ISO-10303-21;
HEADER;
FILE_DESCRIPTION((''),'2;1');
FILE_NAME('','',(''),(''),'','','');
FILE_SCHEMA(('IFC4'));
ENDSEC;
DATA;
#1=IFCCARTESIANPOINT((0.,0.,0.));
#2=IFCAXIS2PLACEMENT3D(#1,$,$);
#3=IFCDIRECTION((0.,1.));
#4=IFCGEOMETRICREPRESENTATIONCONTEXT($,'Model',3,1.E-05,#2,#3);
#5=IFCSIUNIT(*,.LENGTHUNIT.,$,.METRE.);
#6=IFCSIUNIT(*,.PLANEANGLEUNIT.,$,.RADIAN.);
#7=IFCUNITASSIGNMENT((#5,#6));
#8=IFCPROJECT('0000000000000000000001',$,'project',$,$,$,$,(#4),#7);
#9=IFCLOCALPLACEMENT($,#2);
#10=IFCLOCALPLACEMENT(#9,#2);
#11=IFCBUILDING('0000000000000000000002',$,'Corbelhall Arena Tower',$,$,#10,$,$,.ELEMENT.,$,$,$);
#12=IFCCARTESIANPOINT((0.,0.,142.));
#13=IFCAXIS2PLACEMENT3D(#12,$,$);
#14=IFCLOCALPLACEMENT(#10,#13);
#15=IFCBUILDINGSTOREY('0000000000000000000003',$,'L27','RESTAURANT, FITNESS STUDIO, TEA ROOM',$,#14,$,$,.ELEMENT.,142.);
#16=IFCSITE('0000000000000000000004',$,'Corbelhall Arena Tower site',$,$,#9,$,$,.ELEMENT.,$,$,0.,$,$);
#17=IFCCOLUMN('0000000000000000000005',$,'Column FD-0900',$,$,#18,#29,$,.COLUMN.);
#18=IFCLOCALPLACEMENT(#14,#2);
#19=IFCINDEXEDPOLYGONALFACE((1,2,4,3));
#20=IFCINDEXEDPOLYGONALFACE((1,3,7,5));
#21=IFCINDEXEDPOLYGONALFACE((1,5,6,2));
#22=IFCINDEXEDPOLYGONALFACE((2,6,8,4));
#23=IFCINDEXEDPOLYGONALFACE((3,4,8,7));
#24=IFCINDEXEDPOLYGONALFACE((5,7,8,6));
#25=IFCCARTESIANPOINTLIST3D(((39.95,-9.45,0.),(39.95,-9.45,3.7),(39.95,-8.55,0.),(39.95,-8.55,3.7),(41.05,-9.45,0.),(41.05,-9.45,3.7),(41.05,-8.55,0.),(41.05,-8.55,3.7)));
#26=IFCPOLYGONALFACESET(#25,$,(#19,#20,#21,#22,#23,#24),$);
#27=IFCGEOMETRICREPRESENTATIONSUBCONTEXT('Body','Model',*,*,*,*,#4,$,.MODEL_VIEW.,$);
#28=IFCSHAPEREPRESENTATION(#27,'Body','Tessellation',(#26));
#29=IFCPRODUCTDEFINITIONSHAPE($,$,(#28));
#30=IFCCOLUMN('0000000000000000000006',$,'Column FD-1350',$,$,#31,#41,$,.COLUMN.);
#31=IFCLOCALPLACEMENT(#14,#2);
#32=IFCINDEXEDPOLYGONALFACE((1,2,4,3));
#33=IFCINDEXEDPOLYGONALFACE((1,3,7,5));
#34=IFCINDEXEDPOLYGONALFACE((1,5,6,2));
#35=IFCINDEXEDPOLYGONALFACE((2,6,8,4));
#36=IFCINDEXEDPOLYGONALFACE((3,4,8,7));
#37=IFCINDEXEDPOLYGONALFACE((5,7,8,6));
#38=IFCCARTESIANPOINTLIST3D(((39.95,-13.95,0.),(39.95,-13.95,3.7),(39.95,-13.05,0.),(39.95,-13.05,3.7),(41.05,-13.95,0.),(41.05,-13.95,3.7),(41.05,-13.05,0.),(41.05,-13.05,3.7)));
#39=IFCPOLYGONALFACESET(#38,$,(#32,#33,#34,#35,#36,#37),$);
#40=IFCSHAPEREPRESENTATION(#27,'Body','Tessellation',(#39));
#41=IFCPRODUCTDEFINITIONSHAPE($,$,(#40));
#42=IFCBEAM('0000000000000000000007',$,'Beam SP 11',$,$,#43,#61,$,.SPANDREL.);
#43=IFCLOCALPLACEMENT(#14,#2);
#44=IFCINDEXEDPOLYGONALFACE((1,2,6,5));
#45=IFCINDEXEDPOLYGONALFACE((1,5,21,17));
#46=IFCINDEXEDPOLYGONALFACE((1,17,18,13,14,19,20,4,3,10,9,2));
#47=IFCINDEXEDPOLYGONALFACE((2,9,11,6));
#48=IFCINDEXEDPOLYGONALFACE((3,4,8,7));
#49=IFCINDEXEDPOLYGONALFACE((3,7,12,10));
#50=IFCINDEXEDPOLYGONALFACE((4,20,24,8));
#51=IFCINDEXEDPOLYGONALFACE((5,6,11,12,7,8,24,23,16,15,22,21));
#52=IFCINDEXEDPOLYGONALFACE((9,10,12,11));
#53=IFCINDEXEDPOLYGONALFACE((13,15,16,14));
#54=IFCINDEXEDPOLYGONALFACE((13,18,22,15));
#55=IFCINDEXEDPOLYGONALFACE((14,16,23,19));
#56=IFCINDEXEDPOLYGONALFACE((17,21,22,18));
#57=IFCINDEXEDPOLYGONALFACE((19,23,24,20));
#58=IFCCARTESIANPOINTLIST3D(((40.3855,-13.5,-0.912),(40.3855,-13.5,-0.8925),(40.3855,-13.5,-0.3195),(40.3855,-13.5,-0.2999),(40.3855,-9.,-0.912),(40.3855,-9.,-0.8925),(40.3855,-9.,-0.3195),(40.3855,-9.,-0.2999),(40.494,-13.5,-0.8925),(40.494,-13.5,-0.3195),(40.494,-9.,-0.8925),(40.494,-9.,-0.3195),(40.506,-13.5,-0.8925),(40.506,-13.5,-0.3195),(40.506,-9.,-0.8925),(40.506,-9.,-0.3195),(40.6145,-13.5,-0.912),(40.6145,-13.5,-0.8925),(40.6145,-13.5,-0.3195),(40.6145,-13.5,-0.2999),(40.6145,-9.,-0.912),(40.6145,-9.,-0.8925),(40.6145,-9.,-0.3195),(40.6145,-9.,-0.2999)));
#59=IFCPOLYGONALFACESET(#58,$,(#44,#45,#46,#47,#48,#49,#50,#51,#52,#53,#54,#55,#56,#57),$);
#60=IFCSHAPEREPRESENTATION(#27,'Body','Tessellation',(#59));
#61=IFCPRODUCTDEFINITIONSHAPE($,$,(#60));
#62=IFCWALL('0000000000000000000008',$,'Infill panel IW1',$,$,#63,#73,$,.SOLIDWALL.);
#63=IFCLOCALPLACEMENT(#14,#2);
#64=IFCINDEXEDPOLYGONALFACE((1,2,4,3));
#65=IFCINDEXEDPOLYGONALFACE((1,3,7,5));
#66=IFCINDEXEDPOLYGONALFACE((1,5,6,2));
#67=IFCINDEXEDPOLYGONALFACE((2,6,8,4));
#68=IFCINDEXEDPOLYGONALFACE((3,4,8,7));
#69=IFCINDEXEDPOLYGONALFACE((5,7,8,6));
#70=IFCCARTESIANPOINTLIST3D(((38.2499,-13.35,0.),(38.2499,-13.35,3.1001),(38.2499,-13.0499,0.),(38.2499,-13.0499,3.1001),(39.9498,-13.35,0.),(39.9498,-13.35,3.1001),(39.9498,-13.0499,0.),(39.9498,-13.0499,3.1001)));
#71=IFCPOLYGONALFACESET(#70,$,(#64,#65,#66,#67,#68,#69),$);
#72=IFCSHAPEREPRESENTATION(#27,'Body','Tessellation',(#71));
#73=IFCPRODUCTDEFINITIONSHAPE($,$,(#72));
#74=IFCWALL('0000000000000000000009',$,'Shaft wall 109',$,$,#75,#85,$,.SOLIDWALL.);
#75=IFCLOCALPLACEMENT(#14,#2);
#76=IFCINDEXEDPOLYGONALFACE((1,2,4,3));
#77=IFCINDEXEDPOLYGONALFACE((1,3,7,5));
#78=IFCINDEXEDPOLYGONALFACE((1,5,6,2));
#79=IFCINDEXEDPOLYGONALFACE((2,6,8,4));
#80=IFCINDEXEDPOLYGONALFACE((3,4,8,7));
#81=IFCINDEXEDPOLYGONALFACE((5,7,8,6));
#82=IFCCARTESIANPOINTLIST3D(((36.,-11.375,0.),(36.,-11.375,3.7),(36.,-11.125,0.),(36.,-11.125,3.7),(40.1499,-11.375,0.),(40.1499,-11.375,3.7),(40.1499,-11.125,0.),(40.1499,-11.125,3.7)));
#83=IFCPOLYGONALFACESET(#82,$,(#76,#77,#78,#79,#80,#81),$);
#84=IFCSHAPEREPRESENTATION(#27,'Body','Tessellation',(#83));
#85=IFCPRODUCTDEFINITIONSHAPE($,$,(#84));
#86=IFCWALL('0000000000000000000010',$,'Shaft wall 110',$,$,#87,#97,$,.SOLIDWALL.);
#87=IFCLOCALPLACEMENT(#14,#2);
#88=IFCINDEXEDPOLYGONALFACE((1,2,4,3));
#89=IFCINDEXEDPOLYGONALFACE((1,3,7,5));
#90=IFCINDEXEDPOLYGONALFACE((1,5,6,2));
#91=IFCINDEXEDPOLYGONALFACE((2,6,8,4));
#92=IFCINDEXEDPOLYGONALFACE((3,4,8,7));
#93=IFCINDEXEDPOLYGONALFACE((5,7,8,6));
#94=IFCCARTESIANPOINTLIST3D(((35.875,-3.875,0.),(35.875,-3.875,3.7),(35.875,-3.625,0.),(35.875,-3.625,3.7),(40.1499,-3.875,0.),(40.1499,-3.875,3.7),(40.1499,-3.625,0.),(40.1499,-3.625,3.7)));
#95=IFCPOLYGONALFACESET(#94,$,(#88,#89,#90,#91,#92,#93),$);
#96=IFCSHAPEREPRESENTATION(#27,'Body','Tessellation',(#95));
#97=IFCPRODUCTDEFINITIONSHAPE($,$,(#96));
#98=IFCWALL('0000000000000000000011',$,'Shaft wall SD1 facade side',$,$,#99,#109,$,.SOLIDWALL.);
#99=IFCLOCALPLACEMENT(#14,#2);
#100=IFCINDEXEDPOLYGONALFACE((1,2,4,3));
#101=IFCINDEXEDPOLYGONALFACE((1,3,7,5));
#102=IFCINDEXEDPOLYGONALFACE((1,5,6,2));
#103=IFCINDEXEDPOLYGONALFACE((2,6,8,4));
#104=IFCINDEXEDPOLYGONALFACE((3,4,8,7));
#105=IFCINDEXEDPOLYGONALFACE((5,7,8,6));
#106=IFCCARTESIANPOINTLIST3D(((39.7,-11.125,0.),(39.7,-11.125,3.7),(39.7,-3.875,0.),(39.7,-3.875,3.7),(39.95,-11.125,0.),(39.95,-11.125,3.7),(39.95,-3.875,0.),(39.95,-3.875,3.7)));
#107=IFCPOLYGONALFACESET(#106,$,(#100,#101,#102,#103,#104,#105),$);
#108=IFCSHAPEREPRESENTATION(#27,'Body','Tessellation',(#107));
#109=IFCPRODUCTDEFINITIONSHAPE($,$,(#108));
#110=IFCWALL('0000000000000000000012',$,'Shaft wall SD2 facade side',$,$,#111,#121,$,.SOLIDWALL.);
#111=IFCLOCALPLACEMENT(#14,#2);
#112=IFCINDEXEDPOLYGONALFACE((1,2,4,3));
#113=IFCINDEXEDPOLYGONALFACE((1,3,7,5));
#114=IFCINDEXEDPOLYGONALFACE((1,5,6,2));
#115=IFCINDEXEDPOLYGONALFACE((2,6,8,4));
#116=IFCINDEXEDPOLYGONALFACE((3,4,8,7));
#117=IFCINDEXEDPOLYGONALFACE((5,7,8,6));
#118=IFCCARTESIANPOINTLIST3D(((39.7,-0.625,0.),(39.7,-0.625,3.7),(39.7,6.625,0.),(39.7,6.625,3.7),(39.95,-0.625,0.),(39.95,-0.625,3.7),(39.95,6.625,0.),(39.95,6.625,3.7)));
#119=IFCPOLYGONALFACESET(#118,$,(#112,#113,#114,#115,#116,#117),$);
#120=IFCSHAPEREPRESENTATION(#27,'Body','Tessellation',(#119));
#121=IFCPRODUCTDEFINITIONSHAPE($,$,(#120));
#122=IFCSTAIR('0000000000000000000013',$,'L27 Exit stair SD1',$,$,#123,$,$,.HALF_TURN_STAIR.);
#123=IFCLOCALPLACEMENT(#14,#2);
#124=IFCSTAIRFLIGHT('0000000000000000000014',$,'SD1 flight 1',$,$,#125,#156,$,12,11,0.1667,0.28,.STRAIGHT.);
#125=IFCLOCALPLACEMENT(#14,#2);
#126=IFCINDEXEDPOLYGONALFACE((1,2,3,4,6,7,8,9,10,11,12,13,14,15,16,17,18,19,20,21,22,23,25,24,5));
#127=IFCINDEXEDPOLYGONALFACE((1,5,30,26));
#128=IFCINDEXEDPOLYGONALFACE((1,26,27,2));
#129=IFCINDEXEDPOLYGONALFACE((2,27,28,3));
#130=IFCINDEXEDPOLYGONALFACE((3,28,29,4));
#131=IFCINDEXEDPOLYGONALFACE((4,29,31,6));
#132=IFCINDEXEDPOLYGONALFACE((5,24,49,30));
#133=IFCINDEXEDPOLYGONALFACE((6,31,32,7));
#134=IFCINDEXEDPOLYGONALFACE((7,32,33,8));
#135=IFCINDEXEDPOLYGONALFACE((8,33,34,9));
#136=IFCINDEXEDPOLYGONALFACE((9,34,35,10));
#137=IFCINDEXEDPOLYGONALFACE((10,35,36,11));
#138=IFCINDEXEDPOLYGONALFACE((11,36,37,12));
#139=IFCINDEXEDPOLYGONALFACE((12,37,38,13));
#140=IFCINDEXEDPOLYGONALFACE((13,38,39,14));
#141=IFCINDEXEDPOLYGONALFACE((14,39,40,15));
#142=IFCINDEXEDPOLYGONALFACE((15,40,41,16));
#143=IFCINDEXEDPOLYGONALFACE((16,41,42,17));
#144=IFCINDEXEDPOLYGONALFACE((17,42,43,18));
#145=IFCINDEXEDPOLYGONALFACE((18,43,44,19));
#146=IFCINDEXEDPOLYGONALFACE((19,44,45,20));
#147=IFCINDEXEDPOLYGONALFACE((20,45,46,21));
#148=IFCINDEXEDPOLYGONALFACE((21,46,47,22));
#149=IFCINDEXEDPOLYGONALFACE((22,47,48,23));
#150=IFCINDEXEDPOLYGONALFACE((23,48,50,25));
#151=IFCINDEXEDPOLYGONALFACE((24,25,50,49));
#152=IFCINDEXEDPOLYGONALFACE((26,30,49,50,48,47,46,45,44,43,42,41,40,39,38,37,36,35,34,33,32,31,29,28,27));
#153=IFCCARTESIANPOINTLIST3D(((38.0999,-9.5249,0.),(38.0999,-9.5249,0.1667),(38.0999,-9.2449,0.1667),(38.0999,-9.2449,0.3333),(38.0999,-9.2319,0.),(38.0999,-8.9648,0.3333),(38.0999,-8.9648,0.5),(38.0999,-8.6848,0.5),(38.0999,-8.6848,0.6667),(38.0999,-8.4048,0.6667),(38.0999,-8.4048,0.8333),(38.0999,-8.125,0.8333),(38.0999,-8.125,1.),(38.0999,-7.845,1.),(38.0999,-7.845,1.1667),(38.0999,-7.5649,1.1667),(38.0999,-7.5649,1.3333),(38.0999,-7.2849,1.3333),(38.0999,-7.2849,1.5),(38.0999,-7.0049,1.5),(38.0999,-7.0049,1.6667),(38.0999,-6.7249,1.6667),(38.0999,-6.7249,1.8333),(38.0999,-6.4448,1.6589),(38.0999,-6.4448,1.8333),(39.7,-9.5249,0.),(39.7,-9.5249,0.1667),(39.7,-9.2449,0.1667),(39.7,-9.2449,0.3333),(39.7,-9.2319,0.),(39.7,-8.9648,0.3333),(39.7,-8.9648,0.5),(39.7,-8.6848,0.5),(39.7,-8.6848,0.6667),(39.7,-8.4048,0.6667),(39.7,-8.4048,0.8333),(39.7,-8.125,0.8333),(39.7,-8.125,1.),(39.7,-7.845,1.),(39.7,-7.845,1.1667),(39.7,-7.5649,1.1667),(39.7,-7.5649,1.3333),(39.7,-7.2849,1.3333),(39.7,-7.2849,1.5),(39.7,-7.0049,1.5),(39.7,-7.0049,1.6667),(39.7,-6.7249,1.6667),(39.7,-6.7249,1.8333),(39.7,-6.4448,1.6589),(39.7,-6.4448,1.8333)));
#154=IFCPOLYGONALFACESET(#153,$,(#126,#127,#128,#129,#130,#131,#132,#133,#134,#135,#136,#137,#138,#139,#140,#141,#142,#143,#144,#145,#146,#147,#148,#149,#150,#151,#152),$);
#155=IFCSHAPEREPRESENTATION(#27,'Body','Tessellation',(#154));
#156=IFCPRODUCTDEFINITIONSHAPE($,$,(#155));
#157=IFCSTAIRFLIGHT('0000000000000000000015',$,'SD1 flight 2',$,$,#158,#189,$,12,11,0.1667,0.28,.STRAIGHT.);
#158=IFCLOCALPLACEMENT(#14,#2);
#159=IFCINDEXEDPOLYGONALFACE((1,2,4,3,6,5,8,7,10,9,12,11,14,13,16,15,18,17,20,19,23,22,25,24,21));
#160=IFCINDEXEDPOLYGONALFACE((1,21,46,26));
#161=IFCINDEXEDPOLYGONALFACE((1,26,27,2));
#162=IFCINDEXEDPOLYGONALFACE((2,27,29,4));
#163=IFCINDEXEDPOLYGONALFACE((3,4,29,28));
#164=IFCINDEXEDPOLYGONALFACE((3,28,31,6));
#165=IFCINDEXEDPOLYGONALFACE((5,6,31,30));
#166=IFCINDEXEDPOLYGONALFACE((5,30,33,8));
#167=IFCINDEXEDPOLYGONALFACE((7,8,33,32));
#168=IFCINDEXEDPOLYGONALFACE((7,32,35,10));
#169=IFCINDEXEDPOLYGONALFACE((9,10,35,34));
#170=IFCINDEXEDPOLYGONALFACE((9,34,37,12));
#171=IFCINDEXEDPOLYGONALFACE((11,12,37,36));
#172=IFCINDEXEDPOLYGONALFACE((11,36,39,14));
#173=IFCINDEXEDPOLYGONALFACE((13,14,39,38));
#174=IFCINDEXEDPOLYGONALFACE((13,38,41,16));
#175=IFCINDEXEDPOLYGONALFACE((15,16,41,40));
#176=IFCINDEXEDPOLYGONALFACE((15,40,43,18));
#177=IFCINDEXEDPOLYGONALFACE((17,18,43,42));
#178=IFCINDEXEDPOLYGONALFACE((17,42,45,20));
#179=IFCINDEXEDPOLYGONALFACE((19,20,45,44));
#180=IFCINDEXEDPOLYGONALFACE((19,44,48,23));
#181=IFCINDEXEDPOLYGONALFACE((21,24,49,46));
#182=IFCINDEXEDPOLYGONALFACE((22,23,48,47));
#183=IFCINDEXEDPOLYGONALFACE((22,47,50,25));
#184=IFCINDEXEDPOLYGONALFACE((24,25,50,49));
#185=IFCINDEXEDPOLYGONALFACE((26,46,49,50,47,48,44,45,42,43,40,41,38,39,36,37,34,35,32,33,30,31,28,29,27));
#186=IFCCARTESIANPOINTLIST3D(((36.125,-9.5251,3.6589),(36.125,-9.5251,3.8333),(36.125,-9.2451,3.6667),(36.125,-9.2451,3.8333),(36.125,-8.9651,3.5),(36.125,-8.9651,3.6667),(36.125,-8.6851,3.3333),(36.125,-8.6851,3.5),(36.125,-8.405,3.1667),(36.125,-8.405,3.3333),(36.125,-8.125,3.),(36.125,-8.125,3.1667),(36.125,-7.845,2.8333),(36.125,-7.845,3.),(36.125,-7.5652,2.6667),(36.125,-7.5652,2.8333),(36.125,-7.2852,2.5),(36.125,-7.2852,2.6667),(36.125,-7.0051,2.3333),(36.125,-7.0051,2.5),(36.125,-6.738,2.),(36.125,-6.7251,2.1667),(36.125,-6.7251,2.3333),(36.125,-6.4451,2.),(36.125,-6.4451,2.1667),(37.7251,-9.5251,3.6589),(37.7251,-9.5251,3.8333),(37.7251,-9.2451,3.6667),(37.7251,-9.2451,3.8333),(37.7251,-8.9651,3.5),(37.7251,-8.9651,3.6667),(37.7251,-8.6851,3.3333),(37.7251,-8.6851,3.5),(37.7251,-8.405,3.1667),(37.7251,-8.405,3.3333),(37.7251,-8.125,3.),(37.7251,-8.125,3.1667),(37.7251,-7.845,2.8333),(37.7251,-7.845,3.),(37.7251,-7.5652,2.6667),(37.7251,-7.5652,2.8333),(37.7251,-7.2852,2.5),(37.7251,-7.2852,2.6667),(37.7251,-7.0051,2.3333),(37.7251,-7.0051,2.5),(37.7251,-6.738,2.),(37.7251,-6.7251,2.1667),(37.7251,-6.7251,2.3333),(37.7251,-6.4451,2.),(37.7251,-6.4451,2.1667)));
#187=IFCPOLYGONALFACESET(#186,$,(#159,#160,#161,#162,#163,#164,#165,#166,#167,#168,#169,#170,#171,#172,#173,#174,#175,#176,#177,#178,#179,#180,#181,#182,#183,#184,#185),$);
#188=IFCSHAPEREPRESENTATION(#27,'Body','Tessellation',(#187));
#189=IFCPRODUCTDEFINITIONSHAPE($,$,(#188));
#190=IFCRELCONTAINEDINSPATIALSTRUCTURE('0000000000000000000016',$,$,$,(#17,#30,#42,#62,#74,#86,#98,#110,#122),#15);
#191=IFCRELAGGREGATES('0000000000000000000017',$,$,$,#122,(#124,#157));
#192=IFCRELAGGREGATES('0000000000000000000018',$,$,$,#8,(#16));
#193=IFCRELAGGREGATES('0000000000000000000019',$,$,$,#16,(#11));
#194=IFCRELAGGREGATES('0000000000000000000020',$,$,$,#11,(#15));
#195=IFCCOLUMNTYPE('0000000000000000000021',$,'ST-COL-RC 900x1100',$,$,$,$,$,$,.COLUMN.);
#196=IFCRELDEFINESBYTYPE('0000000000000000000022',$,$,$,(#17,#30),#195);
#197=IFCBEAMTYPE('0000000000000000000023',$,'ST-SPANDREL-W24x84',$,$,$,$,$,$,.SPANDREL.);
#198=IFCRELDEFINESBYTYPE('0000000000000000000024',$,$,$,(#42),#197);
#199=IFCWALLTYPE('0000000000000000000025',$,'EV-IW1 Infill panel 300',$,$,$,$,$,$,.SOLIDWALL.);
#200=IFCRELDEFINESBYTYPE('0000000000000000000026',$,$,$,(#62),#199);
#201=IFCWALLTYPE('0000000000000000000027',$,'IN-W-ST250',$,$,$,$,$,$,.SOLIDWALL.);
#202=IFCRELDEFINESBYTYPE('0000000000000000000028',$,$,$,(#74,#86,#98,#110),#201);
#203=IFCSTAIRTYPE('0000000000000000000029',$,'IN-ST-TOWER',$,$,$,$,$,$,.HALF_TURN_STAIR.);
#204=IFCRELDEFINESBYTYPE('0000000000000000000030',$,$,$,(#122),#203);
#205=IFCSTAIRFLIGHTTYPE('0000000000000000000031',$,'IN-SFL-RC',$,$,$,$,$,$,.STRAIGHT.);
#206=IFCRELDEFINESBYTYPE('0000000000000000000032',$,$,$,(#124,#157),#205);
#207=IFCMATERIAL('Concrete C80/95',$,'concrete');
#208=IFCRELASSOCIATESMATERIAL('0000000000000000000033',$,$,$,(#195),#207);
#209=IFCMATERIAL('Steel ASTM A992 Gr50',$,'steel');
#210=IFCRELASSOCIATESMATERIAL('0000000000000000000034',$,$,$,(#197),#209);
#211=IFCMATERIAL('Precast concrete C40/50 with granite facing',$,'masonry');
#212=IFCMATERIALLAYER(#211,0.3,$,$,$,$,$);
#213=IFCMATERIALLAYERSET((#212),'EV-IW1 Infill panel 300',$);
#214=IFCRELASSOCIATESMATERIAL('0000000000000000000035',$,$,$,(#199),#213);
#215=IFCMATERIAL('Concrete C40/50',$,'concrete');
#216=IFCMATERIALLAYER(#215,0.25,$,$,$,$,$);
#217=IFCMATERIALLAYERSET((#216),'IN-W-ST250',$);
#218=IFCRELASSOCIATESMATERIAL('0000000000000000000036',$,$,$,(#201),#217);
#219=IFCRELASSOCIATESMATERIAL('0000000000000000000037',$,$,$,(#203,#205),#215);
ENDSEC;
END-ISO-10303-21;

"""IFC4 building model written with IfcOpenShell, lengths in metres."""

from ifc_helpers import new_model, si_unit, direction, frame, frame_2d, origin, origin_2d, place, context, subcontext, project, spatial, polyline, rectangle, i_section, outline, extrude, material, layer, layer_set, material_profile, profile_set, type_object, element, aggregate, save


model = new_model("IFC4")

# Units and contexts
model_context = context("Model", 3, precision=1e-05, world=origin(), true_north=direction((0.0, 1.0)))
body_context = subcontext(model_context, "Body", "Model", "MODEL_VIEW")
ifc_project = project(units=[si_unit("LENGTHUNIT", "METRE"), si_unit("PLANEANGLEUNIT", "RADIAN")], contexts=[model_context])

# Site, building, storey
site_placement = place(None, origin())
site = spatial("IfcSite", under=ifc_project, at=site_placement, Name="Corbelhall Arena Tower site", CompositionType="ELEMENT", RefElevation=0.0)
building_placement = place(site_placement, origin())
building = spatial("IfcBuilding", under=site, at=building_placement, Name="Corbelhall Arena Tower", CompositionType="ELEMENT")
storey_placement = place(building_placement, frame((0.0, 0.0, 142.0)))
storey = spatial("IfcBuildingStorey", under=building, at=storey_placement, Name="L27", Description="RESTAURANT, FITNESS STUDIO, TEA ROOM", CompositionType="ELEMENT", Elevation=142.0)

# Columns
ifc_material_1 = material(Name="Concrete C80/95", Category="concrete")
ifc_material_profile_1 = material_profile(ifc_material_1, rectangle(XDim=0.8999, YDim=1.1001, at=origin_2d()))
ifc_profile_set_1 = profile_set([ifc_material_profile_1], Name="Concrete C80/95")
column_type = type_object("IfcColumnType", Name="ST-COL-RC 900x1100", PredefinedType="COLUMN", material=ifc_profile_set_1)
for number, where, z_axis, x_axis, name in (
    (1, (40.5, -9.0, 0.0), (0.0, 0.0, 1.0), (0.0, 1.0, 0.0), "Column FD-0900"),
    (2, (40.5, -13.5, 0.0), (0.0, 0.0, 1.0), (0.0, 1.0, 0.0), "Column FD-1350"),
):
    element("IfcColumn", number, at=place(storey_placement, frame(where, z_axis=z_axis, x_axis=x_axis)), inside=storey, type_object=column_type, Name=name, PredefinedType="COLUMN", context=body_context, shape_type="SweptSolid", body=[
        extrude(rectangle(XDim=0.8999, YDim=1.1001, at=origin_2d()), origin(), (0.0, 0.0, 1.0), 3.7),
    ])

# Beam
ifc_material_2 = material(Name="Steel ASTM A992 Gr50", Category="steel")
ifc_material_profile_2 = material_profile(ifc_material_2, i_section(OverallWidth=0.229, OverallDepth=0.6121, WebThickness=0.012, FlangeThickness=0.0195, at=origin_2d()))
ifc_profile_set_2 = profile_set([ifc_material_profile_2], Name="Steel ASTM A992 Gr50")
beam_type = type_object("IfcBeamType", Name="ST-SPANDREL-W24x84", PredefinedType="SPANDREL", material=ifc_profile_set_2)
beam_placement = place(storey_placement, frame((40.5, -9.0, -0.606), z_axis=(0.0, -1.0, 0.0), x_axis=(1.0, 0.0, 0.0)))
element("IfcBeam", 3, at=beam_placement, inside=storey, type_object=beam_type, Name="Beam SP 11", PredefinedType="SPANDREL", context=body_context, shape_type="SweptSolid", body=[
    extrude(i_section(OverallWidth=0.229, OverallDepth=0.6121, WebThickness=0.012, FlangeThickness=0.0195, at=origin_2d()), origin(), (0.0, 0.0, 1.0), 4.5),
])

# Wall
ifc_material_3 = material(Name="Precast concrete C40/50 with granite facing", Category="masonry")
ifc_layer_1 = layer(ifc_material_3, 0.3)
ifc_layer_set_1 = layer_set([ifc_layer_1], Name="EV-IW1 Infill panel 300")
wall_type_1 = type_object("IfcWallType", Name="EV-IW1 Infill panel 300", PredefinedType="SOLIDWALL", material=ifc_layer_set_1)
wall_1_placement = place(storey_placement, frame((39.95, -13.2, 0.0), z_axis=(0.0, 0.0, 1.0), x_axis=(-1.0, 0.0, 0.0)))
element("IfcWall", 4, at=wall_1_placement, inside=storey, type_object=wall_type_1, Name="Infill panel IW1", PredefinedType="SOLIDWALL", context=body_context, shape_type="SweptSolid", body=[
    extrude(rectangle(XDim=1.7, YDim=0.3, at=frame_2d((0.8501, 0.0))), origin(), (0.0, 0.0, 1.0), 3.1001),
])

# Walls
ifc_material_4 = material(Name="Concrete C40/50", Category="concrete")
ifc_layer_2 = layer(ifc_material_4, 0.25)
ifc_layer_set_2 = layer_set([ifc_layer_2], Name="IN-W-ST250")
wall_type_2 = type_object("IfcWallType", Name="IN-W-ST250", PredefinedType="SOLIDWALL", material=ifc_layer_set_2)
wall_2_placement = place(storey_placement, frame((40.1499, -11.25, 0.0), z_axis=(0.0, 0.0, 1.0), x_axis=(-1.0, 0.0, 0.0)))
element("IfcWall", 5, at=wall_2_placement, inside=storey, type_object=wall_type_2, Name="Shaft wall 109", PredefinedType="SOLIDWALL", context=body_context, shape_type="SweptSolid", body=[
    extrude(rectangle(XDim=4.1499, YDim=0.25, at=frame_2d((2.075, 0.0))), origin(), (0.0, 0.0, 1.0), 3.7),
])
wall_3_placement = place(storey_placement, frame((40.1499, -3.75, 0.0), z_axis=(0.0, 0.0, 1.0), x_axis=(-1.0, 0.0, 0.0)))
element("IfcWall", 6, at=wall_3_placement, inside=storey, type_object=wall_type_2, Name="Shaft wall 110", PredefinedType="SOLIDWALL", context=body_context, shape_type="SweptSolid", body=[
    extrude(rectangle(XDim=4.2749, YDim=0.25, at=frame_2d((2.1375, 0.0))), origin(), (0.0, 0.0, 1.0), 3.7),
])
for number, where, z_axis, x_axis, name in (
    (7, (39.825, -11.125, 0.0), (0.0, 0.0, 1.0), (0.0, 1.0, 0.0), "Shaft wall SD1 facade side"),
    (8, (39.825, -0.625, 0.0), (0.0, 0.0, 1.0), (0.0, 1.0, 0.0), "Shaft wall SD2 facade side"),
):
    element("IfcWall", number, at=place(storey_placement, frame(where, z_axis=z_axis, x_axis=x_axis)), inside=storey, type_object=wall_type_2, Name=name, PredefinedType="SOLIDWALL", context=body_context, shape_type="SweptSolid", body=[
        extrude(rectangle(XDim=7.25, YDim=0.25, at=frame_2d((3.625, 0.0))), origin(), (0.0, 0.0, 1.0), 3.7),
    ])

# Stair, stair flights
stair_type = type_object("IfcStairType", Name="IN-ST-TOWER", PredefinedType="HALF_TURN_STAIR", material=ifc_material_4)
stair_placement = place(storey_placement, origin())
stair = element("IfcStair", 9, at=stair_placement, inside=storey, type_object=stair_type, Name="L27 Exit stair SD1", PredefinedType="HALF_TURN_STAIR")
stair_flight_type = type_object("IfcStairFlightType", Name="IN-SFL-RC", PredefinedType="STRAIGHT", material=ifc_material_4)
stair_flight_1_placement = place(storey_placement, frame((38.8999, -9.5249, 0.0), z_axis=(0.0, 0.0, 1.0), x_axis=(0.0, 1.0, 0.0)))
stair_flight_1 = element("IfcStairFlight", 10, at=stair_flight_1_placement, type_object=stair_flight_type, Name="SD1 flight 1", NumberOfRisers=12, NumberOfTreads=11, PredefinedType="STRAIGHT", RiserHeight=0.1667, TreadLength=0.28, context=body_context, shape_type="SweptSolid", body=[
    extrude(outline(polyline([(0.0, 0.0), (0.0, 0.1667), (0.28, 0.1667), (0.28, 0.3333), (0.5601, 0.3333), (0.5601, 0.5), (0.8401, 0.5), (0.8401, 0.6667), (1.1201, 0.6667), (1.1201, 0.8333), (1.3999, 0.8333), (1.3999, 1.0), (1.6799, 1.0), (1.6799, 1.1667), (1.96, 1.1667), (1.96, 1.3333), (2.24, 1.3333), (2.24, 1.5), (2.52, 1.5), (2.52, 1.6667), (2.8, 1.6667), (2.8, 1.8333), (3.0801, 1.8333), (3.0801, 2.0), (3.0801, 1.6589), (0.293, 0.0), (0.0, 0.0)])), frame((0.0, 0.8, 0.0), z_axis=(0.0, -1.0, 0.0), x_axis=(1.0, 0.0, 0.0)), (0.0, 0.0, 1.0), 1.6001),
])
stair_flight_2_placement = place(storey_placement, frame((36.925, -6.4451, 2.0), z_axis=(0.0, 0.0, 1.0), x_axis=(0.0, -1.0, 0.0)))
stair_flight_2 = element("IfcStairFlight", 11, at=stair_flight_2_placement, type_object=stair_flight_type, Name="SD1 flight 2", NumberOfRisers=12, NumberOfTreads=11, PredefinedType="STRAIGHT", RiserHeight=0.1667, TreadLength=0.28, context=body_context, shape_type="SweptSolid", body=[
    extrude(outline(polyline([(0.0, 0.0), (0.0, 0.1667), (0.28, 0.1667), (0.28, 0.3333), (0.5601, 0.3333), (0.5601, 0.5), (0.8401, 0.5), (0.8401, 0.6667), (1.1201, 0.6667), (1.1201, 0.8333), (1.3999, 0.8333), (1.3999, 1.0), (1.6799, 1.0), (1.6799, 1.1667), (1.96, 1.1667), (1.96, 1.3333), (2.24, 1.3333), (2.24, 1.5), (2.52, 1.5), (2.52, 1.6667), (2.8, 1.6667), (2.8, 1.8333), (3.0801, 1.8333), (3.0801, 2.0), (3.0801, 1.6589), (0.293, 0.0), (0.0, 0.0)])), frame((0.0, 0.8, 0.0), z_axis=(0.0, -1.0, 0.0), x_axis=(1.0, 0.0, 0.0)), (0.0, 0.0, 1.0), 1.6001),
])
aggregate(stair, [stair_flight_1, stair_flight_2])

save(model, "model.ifc")
